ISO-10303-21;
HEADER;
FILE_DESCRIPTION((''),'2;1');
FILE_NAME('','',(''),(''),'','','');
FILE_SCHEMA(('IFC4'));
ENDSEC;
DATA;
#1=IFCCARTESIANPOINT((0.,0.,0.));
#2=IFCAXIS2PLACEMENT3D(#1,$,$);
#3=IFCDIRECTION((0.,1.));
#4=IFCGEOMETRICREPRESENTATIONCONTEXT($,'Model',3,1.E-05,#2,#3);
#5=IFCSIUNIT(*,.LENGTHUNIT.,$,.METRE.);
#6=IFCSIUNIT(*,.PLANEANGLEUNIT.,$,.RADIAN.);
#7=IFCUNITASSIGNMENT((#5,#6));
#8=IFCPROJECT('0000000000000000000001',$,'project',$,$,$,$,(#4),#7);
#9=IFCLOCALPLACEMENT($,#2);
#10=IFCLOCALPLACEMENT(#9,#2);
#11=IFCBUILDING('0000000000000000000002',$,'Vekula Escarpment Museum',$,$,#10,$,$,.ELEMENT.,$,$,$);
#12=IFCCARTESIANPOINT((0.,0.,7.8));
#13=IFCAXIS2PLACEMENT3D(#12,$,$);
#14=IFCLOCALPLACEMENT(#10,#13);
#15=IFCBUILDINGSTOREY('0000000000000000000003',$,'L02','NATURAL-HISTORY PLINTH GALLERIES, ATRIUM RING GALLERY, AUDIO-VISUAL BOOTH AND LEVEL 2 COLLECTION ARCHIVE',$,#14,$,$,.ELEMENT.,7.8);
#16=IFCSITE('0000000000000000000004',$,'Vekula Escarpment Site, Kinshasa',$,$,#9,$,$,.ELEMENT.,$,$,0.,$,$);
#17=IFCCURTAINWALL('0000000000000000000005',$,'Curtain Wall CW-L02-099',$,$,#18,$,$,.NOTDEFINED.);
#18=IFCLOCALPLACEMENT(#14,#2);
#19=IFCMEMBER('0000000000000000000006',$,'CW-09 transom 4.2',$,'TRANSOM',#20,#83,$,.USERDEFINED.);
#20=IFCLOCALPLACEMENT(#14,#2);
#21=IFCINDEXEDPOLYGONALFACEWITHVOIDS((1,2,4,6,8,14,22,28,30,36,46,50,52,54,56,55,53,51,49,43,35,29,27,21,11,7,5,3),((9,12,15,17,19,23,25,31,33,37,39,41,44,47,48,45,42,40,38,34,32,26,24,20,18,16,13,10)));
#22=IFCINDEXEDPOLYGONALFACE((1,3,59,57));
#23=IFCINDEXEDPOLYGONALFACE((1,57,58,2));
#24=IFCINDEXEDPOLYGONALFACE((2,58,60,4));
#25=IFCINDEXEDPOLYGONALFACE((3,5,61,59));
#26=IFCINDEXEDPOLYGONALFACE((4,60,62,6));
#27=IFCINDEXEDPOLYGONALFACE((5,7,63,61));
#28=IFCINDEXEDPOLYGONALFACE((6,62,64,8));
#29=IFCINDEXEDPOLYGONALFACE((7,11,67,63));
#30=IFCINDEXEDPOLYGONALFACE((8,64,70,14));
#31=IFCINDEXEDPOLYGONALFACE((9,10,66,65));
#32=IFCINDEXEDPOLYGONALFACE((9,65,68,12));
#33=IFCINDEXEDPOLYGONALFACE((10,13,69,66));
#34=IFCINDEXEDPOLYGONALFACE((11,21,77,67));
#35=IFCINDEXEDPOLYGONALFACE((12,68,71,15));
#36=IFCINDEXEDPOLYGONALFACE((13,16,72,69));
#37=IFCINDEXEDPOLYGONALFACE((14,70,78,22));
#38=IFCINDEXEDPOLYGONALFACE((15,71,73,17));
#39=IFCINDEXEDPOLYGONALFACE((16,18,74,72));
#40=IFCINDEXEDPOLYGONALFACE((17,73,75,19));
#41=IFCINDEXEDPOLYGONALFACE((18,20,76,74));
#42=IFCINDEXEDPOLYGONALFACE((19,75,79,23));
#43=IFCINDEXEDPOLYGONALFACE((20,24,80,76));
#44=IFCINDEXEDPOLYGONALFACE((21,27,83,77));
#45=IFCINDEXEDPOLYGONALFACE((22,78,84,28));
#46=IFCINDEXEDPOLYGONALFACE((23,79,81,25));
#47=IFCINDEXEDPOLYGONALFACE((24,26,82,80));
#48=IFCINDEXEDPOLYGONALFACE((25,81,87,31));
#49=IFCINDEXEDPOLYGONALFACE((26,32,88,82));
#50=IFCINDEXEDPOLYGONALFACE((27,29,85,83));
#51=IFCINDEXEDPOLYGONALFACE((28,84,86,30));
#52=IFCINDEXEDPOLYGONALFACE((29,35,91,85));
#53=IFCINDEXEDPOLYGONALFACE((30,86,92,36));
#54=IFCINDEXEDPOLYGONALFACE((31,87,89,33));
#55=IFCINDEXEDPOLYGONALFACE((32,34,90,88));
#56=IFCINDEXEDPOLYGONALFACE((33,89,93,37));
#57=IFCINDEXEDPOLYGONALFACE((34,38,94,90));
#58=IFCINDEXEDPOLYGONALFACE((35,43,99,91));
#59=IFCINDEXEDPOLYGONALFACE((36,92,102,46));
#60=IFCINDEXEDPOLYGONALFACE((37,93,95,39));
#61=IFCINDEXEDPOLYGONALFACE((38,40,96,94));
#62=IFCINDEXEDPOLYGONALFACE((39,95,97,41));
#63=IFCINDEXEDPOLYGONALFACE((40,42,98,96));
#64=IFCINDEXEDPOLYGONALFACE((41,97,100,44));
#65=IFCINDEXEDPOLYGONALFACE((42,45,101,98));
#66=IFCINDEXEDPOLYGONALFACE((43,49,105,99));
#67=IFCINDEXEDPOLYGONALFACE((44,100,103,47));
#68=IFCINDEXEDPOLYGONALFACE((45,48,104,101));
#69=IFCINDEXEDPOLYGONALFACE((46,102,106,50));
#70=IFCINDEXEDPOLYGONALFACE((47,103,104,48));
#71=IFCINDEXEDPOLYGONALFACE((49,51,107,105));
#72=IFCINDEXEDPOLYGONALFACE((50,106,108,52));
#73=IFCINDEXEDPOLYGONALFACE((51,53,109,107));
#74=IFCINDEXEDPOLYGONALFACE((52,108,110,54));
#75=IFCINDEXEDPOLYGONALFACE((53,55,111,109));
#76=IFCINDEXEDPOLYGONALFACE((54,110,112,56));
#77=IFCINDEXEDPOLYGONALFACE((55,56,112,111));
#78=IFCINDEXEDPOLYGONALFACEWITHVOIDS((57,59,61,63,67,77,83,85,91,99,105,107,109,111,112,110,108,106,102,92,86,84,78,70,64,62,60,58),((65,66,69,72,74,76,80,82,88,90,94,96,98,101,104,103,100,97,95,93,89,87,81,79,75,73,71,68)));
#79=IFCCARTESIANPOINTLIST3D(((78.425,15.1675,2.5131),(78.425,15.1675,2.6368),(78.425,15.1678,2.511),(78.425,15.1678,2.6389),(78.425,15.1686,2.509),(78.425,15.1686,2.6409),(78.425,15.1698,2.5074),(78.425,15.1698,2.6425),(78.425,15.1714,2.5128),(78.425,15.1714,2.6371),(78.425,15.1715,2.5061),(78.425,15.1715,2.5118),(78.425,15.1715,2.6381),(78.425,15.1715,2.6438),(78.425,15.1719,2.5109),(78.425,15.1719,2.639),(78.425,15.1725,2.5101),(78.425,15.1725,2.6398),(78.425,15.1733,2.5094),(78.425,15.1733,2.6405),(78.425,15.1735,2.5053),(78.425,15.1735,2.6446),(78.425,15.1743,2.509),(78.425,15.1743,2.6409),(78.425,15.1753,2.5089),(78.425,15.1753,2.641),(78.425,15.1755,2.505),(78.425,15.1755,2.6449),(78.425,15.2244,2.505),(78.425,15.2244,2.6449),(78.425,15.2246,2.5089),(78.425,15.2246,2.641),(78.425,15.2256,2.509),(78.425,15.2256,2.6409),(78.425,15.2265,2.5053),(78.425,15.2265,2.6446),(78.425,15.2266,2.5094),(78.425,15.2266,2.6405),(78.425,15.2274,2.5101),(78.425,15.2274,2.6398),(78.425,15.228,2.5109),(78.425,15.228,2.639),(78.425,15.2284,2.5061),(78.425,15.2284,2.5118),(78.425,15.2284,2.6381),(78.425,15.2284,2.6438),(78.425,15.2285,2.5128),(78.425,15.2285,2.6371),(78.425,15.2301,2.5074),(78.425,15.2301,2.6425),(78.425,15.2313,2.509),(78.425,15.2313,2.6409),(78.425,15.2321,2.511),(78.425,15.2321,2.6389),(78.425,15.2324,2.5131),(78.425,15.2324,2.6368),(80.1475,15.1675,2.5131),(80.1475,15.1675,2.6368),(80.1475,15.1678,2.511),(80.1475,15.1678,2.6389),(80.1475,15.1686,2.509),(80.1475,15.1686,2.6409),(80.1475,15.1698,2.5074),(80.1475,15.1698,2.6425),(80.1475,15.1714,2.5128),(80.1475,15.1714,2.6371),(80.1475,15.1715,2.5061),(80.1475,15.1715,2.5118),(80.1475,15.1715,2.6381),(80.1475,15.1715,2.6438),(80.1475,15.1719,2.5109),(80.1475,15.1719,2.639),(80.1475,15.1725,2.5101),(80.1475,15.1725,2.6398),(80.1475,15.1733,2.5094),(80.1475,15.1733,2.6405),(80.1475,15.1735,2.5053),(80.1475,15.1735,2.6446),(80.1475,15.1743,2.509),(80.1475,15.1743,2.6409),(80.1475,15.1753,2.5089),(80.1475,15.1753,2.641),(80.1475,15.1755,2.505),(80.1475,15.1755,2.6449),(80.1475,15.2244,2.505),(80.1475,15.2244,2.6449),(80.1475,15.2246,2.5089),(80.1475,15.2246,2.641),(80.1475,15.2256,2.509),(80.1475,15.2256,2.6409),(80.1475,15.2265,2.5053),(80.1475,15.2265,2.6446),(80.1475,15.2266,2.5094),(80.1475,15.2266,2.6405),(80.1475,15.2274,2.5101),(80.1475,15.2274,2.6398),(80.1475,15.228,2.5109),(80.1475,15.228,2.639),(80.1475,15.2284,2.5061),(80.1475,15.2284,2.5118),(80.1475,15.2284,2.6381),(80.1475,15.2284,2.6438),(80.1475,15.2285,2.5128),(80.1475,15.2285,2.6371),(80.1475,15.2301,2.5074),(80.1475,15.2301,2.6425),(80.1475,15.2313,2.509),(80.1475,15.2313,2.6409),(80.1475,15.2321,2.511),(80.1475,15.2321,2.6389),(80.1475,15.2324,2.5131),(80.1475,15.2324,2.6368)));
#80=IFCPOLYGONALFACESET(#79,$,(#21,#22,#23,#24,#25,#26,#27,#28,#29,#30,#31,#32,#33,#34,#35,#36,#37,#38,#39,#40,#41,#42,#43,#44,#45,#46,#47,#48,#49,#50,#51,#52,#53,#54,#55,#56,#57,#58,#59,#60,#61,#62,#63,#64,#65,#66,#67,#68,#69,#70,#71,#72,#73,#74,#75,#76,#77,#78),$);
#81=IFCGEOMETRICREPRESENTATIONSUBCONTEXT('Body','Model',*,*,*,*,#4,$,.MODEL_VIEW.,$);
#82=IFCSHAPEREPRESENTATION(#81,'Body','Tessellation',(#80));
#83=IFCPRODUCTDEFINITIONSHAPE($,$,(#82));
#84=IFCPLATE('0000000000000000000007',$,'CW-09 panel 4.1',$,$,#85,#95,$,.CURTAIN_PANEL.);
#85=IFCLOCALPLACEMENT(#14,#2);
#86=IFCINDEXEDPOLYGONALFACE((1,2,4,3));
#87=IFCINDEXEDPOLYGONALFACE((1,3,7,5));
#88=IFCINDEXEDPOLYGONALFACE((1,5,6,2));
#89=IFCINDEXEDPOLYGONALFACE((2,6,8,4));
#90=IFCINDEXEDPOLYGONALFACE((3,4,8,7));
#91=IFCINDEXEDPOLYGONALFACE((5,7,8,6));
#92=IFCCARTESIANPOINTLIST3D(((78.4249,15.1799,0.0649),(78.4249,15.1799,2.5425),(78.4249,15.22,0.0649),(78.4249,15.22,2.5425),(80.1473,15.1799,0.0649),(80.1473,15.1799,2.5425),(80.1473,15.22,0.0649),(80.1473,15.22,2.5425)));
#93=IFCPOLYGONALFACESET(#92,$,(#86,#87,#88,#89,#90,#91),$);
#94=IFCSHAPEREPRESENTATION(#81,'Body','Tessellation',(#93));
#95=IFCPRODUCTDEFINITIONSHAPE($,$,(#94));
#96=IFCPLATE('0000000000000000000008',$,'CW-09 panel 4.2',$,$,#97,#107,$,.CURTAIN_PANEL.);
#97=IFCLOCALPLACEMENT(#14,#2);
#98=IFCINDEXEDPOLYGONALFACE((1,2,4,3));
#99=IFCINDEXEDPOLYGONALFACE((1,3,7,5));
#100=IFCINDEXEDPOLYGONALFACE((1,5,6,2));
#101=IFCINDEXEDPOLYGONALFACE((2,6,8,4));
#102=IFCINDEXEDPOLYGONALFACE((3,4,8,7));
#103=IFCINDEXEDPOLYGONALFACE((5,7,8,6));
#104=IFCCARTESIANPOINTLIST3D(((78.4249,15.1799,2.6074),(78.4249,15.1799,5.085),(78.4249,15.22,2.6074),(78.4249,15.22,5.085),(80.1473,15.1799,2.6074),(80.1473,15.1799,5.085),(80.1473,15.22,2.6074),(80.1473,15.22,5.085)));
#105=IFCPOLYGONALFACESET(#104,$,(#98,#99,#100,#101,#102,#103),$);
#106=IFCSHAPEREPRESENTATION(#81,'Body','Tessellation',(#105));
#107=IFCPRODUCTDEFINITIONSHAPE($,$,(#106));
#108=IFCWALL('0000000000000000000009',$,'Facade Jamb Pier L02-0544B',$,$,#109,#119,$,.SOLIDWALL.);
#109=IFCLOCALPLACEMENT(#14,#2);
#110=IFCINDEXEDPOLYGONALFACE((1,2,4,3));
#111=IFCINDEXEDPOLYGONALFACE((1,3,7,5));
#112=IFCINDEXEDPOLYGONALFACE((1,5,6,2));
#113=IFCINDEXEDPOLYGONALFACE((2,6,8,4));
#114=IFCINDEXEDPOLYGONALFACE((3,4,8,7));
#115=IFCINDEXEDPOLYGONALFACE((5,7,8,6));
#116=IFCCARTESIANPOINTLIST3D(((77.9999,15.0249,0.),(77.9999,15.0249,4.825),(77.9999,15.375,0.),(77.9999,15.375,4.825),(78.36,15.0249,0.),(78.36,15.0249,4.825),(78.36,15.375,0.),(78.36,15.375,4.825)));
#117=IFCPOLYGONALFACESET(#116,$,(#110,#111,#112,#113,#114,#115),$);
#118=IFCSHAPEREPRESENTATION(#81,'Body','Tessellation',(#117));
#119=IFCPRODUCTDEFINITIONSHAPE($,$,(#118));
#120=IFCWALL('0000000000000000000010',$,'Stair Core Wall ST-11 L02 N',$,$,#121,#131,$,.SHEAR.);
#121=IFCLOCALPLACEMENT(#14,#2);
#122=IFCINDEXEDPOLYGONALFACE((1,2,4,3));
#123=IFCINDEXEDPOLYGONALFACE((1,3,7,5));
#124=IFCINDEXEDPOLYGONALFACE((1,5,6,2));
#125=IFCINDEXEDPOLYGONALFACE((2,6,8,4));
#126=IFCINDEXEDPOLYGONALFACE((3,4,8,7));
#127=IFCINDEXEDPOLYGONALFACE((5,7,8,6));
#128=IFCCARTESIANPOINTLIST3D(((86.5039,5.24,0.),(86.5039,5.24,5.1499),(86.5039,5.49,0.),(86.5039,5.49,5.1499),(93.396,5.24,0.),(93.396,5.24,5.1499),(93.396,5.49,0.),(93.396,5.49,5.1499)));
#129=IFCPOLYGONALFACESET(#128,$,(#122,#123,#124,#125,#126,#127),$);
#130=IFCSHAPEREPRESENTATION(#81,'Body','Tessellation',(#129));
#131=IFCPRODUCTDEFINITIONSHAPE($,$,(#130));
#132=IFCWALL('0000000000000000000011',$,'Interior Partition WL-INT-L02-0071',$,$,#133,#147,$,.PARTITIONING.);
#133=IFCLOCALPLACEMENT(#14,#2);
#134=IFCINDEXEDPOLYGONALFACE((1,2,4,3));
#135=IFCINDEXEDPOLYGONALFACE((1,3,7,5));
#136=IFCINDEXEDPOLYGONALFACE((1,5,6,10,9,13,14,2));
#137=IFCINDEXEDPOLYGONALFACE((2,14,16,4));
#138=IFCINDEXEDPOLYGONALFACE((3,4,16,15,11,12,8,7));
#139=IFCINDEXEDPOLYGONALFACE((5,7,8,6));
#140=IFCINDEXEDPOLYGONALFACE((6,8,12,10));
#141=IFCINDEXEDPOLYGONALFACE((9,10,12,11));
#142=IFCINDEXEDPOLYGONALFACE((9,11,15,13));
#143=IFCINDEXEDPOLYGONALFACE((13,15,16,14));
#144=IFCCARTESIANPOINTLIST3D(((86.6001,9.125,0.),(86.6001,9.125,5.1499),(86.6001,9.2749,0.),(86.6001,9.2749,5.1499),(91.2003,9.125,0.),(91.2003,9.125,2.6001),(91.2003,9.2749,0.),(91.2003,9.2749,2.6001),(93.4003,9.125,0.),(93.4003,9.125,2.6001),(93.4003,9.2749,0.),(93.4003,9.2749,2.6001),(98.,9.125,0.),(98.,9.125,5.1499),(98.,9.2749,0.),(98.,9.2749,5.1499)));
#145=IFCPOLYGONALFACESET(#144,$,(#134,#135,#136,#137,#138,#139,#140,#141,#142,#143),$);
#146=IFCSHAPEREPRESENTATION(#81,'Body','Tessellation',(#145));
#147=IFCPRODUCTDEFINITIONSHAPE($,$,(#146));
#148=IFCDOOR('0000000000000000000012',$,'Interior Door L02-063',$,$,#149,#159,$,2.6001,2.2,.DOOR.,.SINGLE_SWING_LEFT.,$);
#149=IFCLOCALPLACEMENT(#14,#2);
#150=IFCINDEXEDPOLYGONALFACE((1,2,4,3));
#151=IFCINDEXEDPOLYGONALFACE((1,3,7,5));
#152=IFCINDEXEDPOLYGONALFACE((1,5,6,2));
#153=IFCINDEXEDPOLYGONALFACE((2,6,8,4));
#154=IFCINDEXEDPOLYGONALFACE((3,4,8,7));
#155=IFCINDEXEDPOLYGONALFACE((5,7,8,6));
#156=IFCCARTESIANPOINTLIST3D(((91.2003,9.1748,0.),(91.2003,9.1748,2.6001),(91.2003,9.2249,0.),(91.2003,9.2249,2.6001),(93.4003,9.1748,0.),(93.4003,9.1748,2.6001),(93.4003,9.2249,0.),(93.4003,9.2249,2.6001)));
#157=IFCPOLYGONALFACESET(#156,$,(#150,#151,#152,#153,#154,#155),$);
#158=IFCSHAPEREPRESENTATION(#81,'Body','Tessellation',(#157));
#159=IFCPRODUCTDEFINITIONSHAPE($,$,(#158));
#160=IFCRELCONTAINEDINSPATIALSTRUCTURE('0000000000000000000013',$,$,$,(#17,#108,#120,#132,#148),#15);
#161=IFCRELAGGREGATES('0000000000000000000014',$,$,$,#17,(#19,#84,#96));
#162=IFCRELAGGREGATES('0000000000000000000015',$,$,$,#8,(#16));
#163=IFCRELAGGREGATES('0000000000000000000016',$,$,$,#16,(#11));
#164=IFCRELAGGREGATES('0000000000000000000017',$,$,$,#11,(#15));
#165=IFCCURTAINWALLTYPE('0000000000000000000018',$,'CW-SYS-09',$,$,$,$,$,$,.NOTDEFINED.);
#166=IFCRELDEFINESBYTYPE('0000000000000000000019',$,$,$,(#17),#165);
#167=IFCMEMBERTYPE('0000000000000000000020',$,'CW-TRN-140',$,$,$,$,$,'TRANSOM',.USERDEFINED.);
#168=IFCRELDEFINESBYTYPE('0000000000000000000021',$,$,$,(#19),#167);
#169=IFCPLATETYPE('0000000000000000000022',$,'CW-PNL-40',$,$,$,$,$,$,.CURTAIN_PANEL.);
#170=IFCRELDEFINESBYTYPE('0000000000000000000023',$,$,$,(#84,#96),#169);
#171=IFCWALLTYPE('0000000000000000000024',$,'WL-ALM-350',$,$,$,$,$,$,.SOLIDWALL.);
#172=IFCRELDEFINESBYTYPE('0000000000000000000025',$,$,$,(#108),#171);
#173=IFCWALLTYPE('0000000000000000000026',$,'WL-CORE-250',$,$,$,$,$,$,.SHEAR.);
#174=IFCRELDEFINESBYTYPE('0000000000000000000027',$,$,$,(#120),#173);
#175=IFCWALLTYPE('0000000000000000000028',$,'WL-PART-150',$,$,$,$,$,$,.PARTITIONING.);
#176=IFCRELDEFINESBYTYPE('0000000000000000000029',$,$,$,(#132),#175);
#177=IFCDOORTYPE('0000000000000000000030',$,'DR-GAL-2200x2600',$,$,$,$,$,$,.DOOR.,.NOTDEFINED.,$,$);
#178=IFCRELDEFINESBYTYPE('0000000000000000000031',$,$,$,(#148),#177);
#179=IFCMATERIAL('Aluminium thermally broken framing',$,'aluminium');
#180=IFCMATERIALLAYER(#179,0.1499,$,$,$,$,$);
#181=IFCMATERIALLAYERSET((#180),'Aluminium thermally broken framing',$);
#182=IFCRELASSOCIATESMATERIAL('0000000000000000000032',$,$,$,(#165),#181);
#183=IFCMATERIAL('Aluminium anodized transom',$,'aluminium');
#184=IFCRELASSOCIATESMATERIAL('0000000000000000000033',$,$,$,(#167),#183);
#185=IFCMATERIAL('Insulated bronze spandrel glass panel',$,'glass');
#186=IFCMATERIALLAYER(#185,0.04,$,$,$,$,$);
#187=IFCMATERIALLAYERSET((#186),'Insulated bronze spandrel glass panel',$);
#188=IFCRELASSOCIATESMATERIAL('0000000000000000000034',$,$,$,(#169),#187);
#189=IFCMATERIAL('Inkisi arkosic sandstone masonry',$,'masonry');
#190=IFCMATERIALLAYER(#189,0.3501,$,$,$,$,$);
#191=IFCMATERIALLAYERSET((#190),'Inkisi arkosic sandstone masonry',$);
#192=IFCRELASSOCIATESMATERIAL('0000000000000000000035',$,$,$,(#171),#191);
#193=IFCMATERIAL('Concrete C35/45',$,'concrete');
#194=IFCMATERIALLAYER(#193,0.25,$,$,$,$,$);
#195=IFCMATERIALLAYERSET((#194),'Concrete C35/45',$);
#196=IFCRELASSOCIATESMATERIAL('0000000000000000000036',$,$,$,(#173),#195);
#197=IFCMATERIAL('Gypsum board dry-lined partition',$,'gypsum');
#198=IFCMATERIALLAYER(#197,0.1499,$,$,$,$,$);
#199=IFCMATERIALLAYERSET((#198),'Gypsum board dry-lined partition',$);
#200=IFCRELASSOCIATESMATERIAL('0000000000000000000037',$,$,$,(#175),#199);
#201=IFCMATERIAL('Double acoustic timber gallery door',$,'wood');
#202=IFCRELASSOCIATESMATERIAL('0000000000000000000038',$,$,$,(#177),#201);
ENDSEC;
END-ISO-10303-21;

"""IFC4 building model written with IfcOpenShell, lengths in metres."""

from ifc_helpers import new_model, si_unit, direction, frame, frame_2d, origin, origin_2d, place, context, subcontext, project, spatial, rectangle, hollow_rectangle, extrude, material, layer, layer_set, material_profile, profile_set, type_object, element, fill, aggregate, save


model = new_model("IFC4")

# Units and contexts
model_context = context("Model", 3, precision=1e-05, world=origin(), true_north=direction((0.0, 1.0)))
body_context = subcontext(model_context, "Body", "Model", "MODEL_VIEW")
ifc_project = project(units=[si_unit("LENGTHUNIT", "METRE"), si_unit("PLANEANGLEUNIT", "RADIAN")], contexts=[model_context])

# Site, building, storey
site_placement = place(None, origin())
site = spatial("IfcSite", under=ifc_project, at=site_placement, Name="Vekula Escarpment Site, Kinshasa", CompositionType="ELEMENT", RefElevation=0.0)
building_placement = place(site_placement, origin())
building = spatial("IfcBuilding", under=site, at=building_placement, Name="Vekula Escarpment Museum", CompositionType="ELEMENT")
storey_placement = place(building_placement, frame((0.0, 0.0, 7.8)))
storey = spatial("IfcBuildingStorey", under=building, at=storey_placement, Name="L02", Description="NATURAL-HISTORY PLINTH GALLERIES, ATRIUM RING GALLERY, AUDIO-VISUAL BOOTH AND LEVEL 2 COLLECTION ARCHIVE", CompositionType="ELEMENT", Elevation=7.8)

# Curtain wall, member, plates
ifc_material_1 = material(Name="Aluminium thermally broken framing", Category="aluminium")
ifc_layer_1 = layer(ifc_material_1, 0.1499)
ifc_layer_set_1 = layer_set([ifc_layer_1], Name="Aluminium thermally broken framing")
curtain_wall_type = type_object("IfcCurtainWallType", Name="CW-SYS-09", PredefinedType="NOTDEFINED", material=ifc_layer_set_1)
curtain_wall_placement = place(storey_placement, origin())
curtain_wall = element("IfcCurtainWall", 1, at=curtain_wall_placement, inside=storey, type_object=curtain_wall_type, Name="Curtain Wall CW-L02-099", PredefinedType="NOTDEFINED")
ifc_material_2 = material(Name="Aluminium anodized transom", Category="aluminium")
ifc_material_profile_1 = material_profile(ifc_material_2, hollow_rectangle(XDim=0.0649, YDim=0.1399, WallThickness=0.0039, InnerFilletRadius=0.0039, OuterFilletRadius=0.0081, at=origin_2d()), Name="ALU 140x65x4")
ifc_profile_set_1 = profile_set([ifc_material_profile_1], Name="Aluminium anodized transom")
member_type_1 = type_object("IfcMemberType", Name="CW-TRN-140", ElementType="TRANSOM", PredefinedType="USERDEFINED", material=ifc_profile_set_1)
member_1_placement = place(storey_placement, frame((80.1475, 15.2, 2.575), z_axis=(-1.0, 0.0, 0.0), x_axis=(0.0, -1.0, 0.0)))
member_1 = element("IfcMember", 2, at=member_1_placement, type_object=member_type_1, Name="CW-09 transom 4.2", ObjectType="TRANSOM", PredefinedType="USERDEFINED", context=body_context, shape_type="SweptSolid", body=[
    extrude(hollow_rectangle(XDim=0.0649, YDim=0.1399, WallThickness=0.0039, InnerFilletRadius=0.0039, OuterFilletRadius=0.0081, at=origin_2d()), origin(), (0.0, 0.0, 1.0), 1.7224),
])
ifc_material_3 = material(Name="Insulated bronze spandrel glass panel", Category="glass")
ifc_layer_2 = layer(ifc_material_3, 0.04)
ifc_layer_set_2 = layer_set([ifc_layer_2], Name="Insulated bronze spandrel glass panel")
plate_type = type_object("IfcPlateType", Name="CW-PNL-40", PredefinedType="CURTAIN_PANEL", material=ifc_layer_set_2)
plate_1_placement = place(storey_placement, frame((79.2861, 15.2, 0.0649), z_axis=(0.0, 0.0, 1.0), x_axis=(-1.0, 0.0, 0.0)))
plate_1 = element("IfcPlate", 3, at=plate_1_placement, type_object=plate_type, Name="CW-09 panel 4.1", PredefinedType="CURTAIN_PANEL", context=body_context, shape_type="SweptSolid", body=[
    extrude(rectangle(XDim=1.7224, YDim=0.04, at=origin_2d()), origin(), (0.0, 0.0, 1.0), 2.4775),
])
plate_2_placement = place(storey_placement, frame((79.2861, 15.2, 2.6074), z_axis=(0.0, 0.0, 1.0), x_axis=(-1.0, 0.0, 0.0)))
plate_2 = element("IfcPlate", 4, at=plate_2_placement, type_object=plate_type, Name="CW-09 panel 4.2", PredefinedType="CURTAIN_PANEL", context=body_context, shape_type="SweptSolid", body=[
    extrude(rectangle(XDim=1.7224, YDim=0.04, at=origin_2d()), origin(), (0.0, 0.0, 1.0), 2.4775),
])
aggregate(curtain_wall, [member_1, plate_1, plate_2])

# Walls
ifc_material_4 = material(Name="Inkisi arkosic sandstone masonry", Category="masonry")
ifc_layer_3 = layer(ifc_material_4, 0.3501)
ifc_layer_set_3 = layer_set([ifc_layer_3], Name="Inkisi arkosic sandstone masonry")
wall_type_1 = type_object("IfcWallType", Name="WL-ALM-350", PredefinedType="SOLIDWALL", material=ifc_layer_set_3)
wall_1_placement = place(storey_placement, frame((78.3601, 15.2, 0.0), z_axis=(0.0, 0.0, 1.0), x_axis=(-1.0, 0.0, 0.0)))
element("IfcWall", 5, at=wall_1_placement, inside=storey, type_object=wall_type_1, Name="Facade Jamb Pier L02-0544B", PredefinedType="SOLIDWALL", context=body_context, shape_type="SweptSolid", body=[
    extrude(rectangle(XDim=0.3601, YDim=0.3501, at=frame_2d((0.1802, 0.0))), origin(), (0.0, 0.0, 1.0), 4.825),
])
ifc_material_5 = material(Name="Concrete C35/45", Category="concrete")
ifc_layer_4 = layer(ifc_material_5, 0.25)
ifc_layer_set_4 = layer_set([ifc_layer_4], Name="Concrete C35/45")
wall_type_2 = type_object("IfcWallType", Name="WL-CORE-250", PredefinedType="SHEAR", material=ifc_layer_set_4)
wall_2_placement = place(storey_placement, frame((86.5039, 5.365, 0.0), z_axis=(0.0, 0.0, 1.0), x_axis=(1.0, 0.0, 0.0)))
element("IfcWall", 6, at=wall_2_placement, inside=storey, type_object=wall_type_2, Name="Stair Core Wall ST-11 L02 N", PredefinedType="SHEAR", context=body_context, shape_type="SweptSolid", body=[
    extrude(rectangle(XDim=6.8921, YDim=0.25, at=frame_2d((3.446, 0.0))), origin(), (0.0, 0.0, 1.0), 5.1499),
])

# Wall, opening, door
ifc_material_6 = material(Name="Gypsum board dry-lined partition", Category="gypsum")
ifc_layer_5 = layer(ifc_material_6, 0.1499)
ifc_layer_set_5 = layer_set([ifc_layer_5], Name="Gypsum board dry-lined partition")
wall_type_3 = type_object("IfcWallType", Name="WL-PART-150", PredefinedType="PARTITIONING", material=ifc_layer_set_5)
wall_3_placement = place(storey_placement, frame((86.6001, 9.2, 0.0), z_axis=(0.0, 0.0, 1.0), x_axis=(1.0, 0.0, 0.0)))
wall_3 = element("IfcWall", 7, at=wall_3_placement, inside=storey, type_object=wall_type_3, Name="Interior Partition WL-INT-L02-0071", PredefinedType="PARTITIONING", context=body_context, shape_type="SweptSolid", body=[
    extrude(rectangle(XDim=11.3999, YDim=0.1499, at=frame_2d((5.7, 0.0))), origin(), (0.0, 0.0, 1.0), 5.1499),
])
opening_1_placement = place(wall_3_placement, frame((4.6001, 0.0, 0.0)))
opening_1 = element("IfcOpeningElement", 8, at=opening_1_placement, cuts=wall_3, PredefinedType="OPENING", context=body_context, shape_type="SweptSolid", body=[
    extrude(rectangle(XDim=2.2, YDim=2.6001, at=frame_2d((1.1001, 1.3))), frame((0.0, 0.085, 0.0), z_axis=(0.0, -1.0, 0.0), x_axis=(1.0, 0.0, 0.0)), (0.0, 0.0, 1.0), 0.1699),
])
ifc_material_7 = material(Name="Double acoustic timber gallery door", Category="wood")
door_type_1 = type_object("IfcDoorType", Name="DR-GAL-2200x2600", OperationType="NOTDEFINED", PredefinedType="DOOR", material=ifc_material_7)
door_1_placement = place(opening_1_placement, origin())
door_1 = element("IfcDoor", 9, at=door_1_placement, inside=storey, type_object=door_type_1, Name="Interior Door L02-063", OperationType="SINGLE_SWING_LEFT", OverallHeight=2.6001, OverallWidth=2.2, PredefinedType="DOOR", context=body_context, shape_type="SweptSolid", body=[
    extrude(rectangle(XDim=2.2, YDim=2.6001, at=frame_2d((1.1001, 1.3))), frame((0.0, 0.0249, 0.0), z_axis=(0.0, -1.0, 0.0), x_axis=(1.0, 0.0, 0.0)), (0.0, 0.0, 1.0), 0.05),
])
fill(opening_1, door_1)

save(model, "model.ifc")
